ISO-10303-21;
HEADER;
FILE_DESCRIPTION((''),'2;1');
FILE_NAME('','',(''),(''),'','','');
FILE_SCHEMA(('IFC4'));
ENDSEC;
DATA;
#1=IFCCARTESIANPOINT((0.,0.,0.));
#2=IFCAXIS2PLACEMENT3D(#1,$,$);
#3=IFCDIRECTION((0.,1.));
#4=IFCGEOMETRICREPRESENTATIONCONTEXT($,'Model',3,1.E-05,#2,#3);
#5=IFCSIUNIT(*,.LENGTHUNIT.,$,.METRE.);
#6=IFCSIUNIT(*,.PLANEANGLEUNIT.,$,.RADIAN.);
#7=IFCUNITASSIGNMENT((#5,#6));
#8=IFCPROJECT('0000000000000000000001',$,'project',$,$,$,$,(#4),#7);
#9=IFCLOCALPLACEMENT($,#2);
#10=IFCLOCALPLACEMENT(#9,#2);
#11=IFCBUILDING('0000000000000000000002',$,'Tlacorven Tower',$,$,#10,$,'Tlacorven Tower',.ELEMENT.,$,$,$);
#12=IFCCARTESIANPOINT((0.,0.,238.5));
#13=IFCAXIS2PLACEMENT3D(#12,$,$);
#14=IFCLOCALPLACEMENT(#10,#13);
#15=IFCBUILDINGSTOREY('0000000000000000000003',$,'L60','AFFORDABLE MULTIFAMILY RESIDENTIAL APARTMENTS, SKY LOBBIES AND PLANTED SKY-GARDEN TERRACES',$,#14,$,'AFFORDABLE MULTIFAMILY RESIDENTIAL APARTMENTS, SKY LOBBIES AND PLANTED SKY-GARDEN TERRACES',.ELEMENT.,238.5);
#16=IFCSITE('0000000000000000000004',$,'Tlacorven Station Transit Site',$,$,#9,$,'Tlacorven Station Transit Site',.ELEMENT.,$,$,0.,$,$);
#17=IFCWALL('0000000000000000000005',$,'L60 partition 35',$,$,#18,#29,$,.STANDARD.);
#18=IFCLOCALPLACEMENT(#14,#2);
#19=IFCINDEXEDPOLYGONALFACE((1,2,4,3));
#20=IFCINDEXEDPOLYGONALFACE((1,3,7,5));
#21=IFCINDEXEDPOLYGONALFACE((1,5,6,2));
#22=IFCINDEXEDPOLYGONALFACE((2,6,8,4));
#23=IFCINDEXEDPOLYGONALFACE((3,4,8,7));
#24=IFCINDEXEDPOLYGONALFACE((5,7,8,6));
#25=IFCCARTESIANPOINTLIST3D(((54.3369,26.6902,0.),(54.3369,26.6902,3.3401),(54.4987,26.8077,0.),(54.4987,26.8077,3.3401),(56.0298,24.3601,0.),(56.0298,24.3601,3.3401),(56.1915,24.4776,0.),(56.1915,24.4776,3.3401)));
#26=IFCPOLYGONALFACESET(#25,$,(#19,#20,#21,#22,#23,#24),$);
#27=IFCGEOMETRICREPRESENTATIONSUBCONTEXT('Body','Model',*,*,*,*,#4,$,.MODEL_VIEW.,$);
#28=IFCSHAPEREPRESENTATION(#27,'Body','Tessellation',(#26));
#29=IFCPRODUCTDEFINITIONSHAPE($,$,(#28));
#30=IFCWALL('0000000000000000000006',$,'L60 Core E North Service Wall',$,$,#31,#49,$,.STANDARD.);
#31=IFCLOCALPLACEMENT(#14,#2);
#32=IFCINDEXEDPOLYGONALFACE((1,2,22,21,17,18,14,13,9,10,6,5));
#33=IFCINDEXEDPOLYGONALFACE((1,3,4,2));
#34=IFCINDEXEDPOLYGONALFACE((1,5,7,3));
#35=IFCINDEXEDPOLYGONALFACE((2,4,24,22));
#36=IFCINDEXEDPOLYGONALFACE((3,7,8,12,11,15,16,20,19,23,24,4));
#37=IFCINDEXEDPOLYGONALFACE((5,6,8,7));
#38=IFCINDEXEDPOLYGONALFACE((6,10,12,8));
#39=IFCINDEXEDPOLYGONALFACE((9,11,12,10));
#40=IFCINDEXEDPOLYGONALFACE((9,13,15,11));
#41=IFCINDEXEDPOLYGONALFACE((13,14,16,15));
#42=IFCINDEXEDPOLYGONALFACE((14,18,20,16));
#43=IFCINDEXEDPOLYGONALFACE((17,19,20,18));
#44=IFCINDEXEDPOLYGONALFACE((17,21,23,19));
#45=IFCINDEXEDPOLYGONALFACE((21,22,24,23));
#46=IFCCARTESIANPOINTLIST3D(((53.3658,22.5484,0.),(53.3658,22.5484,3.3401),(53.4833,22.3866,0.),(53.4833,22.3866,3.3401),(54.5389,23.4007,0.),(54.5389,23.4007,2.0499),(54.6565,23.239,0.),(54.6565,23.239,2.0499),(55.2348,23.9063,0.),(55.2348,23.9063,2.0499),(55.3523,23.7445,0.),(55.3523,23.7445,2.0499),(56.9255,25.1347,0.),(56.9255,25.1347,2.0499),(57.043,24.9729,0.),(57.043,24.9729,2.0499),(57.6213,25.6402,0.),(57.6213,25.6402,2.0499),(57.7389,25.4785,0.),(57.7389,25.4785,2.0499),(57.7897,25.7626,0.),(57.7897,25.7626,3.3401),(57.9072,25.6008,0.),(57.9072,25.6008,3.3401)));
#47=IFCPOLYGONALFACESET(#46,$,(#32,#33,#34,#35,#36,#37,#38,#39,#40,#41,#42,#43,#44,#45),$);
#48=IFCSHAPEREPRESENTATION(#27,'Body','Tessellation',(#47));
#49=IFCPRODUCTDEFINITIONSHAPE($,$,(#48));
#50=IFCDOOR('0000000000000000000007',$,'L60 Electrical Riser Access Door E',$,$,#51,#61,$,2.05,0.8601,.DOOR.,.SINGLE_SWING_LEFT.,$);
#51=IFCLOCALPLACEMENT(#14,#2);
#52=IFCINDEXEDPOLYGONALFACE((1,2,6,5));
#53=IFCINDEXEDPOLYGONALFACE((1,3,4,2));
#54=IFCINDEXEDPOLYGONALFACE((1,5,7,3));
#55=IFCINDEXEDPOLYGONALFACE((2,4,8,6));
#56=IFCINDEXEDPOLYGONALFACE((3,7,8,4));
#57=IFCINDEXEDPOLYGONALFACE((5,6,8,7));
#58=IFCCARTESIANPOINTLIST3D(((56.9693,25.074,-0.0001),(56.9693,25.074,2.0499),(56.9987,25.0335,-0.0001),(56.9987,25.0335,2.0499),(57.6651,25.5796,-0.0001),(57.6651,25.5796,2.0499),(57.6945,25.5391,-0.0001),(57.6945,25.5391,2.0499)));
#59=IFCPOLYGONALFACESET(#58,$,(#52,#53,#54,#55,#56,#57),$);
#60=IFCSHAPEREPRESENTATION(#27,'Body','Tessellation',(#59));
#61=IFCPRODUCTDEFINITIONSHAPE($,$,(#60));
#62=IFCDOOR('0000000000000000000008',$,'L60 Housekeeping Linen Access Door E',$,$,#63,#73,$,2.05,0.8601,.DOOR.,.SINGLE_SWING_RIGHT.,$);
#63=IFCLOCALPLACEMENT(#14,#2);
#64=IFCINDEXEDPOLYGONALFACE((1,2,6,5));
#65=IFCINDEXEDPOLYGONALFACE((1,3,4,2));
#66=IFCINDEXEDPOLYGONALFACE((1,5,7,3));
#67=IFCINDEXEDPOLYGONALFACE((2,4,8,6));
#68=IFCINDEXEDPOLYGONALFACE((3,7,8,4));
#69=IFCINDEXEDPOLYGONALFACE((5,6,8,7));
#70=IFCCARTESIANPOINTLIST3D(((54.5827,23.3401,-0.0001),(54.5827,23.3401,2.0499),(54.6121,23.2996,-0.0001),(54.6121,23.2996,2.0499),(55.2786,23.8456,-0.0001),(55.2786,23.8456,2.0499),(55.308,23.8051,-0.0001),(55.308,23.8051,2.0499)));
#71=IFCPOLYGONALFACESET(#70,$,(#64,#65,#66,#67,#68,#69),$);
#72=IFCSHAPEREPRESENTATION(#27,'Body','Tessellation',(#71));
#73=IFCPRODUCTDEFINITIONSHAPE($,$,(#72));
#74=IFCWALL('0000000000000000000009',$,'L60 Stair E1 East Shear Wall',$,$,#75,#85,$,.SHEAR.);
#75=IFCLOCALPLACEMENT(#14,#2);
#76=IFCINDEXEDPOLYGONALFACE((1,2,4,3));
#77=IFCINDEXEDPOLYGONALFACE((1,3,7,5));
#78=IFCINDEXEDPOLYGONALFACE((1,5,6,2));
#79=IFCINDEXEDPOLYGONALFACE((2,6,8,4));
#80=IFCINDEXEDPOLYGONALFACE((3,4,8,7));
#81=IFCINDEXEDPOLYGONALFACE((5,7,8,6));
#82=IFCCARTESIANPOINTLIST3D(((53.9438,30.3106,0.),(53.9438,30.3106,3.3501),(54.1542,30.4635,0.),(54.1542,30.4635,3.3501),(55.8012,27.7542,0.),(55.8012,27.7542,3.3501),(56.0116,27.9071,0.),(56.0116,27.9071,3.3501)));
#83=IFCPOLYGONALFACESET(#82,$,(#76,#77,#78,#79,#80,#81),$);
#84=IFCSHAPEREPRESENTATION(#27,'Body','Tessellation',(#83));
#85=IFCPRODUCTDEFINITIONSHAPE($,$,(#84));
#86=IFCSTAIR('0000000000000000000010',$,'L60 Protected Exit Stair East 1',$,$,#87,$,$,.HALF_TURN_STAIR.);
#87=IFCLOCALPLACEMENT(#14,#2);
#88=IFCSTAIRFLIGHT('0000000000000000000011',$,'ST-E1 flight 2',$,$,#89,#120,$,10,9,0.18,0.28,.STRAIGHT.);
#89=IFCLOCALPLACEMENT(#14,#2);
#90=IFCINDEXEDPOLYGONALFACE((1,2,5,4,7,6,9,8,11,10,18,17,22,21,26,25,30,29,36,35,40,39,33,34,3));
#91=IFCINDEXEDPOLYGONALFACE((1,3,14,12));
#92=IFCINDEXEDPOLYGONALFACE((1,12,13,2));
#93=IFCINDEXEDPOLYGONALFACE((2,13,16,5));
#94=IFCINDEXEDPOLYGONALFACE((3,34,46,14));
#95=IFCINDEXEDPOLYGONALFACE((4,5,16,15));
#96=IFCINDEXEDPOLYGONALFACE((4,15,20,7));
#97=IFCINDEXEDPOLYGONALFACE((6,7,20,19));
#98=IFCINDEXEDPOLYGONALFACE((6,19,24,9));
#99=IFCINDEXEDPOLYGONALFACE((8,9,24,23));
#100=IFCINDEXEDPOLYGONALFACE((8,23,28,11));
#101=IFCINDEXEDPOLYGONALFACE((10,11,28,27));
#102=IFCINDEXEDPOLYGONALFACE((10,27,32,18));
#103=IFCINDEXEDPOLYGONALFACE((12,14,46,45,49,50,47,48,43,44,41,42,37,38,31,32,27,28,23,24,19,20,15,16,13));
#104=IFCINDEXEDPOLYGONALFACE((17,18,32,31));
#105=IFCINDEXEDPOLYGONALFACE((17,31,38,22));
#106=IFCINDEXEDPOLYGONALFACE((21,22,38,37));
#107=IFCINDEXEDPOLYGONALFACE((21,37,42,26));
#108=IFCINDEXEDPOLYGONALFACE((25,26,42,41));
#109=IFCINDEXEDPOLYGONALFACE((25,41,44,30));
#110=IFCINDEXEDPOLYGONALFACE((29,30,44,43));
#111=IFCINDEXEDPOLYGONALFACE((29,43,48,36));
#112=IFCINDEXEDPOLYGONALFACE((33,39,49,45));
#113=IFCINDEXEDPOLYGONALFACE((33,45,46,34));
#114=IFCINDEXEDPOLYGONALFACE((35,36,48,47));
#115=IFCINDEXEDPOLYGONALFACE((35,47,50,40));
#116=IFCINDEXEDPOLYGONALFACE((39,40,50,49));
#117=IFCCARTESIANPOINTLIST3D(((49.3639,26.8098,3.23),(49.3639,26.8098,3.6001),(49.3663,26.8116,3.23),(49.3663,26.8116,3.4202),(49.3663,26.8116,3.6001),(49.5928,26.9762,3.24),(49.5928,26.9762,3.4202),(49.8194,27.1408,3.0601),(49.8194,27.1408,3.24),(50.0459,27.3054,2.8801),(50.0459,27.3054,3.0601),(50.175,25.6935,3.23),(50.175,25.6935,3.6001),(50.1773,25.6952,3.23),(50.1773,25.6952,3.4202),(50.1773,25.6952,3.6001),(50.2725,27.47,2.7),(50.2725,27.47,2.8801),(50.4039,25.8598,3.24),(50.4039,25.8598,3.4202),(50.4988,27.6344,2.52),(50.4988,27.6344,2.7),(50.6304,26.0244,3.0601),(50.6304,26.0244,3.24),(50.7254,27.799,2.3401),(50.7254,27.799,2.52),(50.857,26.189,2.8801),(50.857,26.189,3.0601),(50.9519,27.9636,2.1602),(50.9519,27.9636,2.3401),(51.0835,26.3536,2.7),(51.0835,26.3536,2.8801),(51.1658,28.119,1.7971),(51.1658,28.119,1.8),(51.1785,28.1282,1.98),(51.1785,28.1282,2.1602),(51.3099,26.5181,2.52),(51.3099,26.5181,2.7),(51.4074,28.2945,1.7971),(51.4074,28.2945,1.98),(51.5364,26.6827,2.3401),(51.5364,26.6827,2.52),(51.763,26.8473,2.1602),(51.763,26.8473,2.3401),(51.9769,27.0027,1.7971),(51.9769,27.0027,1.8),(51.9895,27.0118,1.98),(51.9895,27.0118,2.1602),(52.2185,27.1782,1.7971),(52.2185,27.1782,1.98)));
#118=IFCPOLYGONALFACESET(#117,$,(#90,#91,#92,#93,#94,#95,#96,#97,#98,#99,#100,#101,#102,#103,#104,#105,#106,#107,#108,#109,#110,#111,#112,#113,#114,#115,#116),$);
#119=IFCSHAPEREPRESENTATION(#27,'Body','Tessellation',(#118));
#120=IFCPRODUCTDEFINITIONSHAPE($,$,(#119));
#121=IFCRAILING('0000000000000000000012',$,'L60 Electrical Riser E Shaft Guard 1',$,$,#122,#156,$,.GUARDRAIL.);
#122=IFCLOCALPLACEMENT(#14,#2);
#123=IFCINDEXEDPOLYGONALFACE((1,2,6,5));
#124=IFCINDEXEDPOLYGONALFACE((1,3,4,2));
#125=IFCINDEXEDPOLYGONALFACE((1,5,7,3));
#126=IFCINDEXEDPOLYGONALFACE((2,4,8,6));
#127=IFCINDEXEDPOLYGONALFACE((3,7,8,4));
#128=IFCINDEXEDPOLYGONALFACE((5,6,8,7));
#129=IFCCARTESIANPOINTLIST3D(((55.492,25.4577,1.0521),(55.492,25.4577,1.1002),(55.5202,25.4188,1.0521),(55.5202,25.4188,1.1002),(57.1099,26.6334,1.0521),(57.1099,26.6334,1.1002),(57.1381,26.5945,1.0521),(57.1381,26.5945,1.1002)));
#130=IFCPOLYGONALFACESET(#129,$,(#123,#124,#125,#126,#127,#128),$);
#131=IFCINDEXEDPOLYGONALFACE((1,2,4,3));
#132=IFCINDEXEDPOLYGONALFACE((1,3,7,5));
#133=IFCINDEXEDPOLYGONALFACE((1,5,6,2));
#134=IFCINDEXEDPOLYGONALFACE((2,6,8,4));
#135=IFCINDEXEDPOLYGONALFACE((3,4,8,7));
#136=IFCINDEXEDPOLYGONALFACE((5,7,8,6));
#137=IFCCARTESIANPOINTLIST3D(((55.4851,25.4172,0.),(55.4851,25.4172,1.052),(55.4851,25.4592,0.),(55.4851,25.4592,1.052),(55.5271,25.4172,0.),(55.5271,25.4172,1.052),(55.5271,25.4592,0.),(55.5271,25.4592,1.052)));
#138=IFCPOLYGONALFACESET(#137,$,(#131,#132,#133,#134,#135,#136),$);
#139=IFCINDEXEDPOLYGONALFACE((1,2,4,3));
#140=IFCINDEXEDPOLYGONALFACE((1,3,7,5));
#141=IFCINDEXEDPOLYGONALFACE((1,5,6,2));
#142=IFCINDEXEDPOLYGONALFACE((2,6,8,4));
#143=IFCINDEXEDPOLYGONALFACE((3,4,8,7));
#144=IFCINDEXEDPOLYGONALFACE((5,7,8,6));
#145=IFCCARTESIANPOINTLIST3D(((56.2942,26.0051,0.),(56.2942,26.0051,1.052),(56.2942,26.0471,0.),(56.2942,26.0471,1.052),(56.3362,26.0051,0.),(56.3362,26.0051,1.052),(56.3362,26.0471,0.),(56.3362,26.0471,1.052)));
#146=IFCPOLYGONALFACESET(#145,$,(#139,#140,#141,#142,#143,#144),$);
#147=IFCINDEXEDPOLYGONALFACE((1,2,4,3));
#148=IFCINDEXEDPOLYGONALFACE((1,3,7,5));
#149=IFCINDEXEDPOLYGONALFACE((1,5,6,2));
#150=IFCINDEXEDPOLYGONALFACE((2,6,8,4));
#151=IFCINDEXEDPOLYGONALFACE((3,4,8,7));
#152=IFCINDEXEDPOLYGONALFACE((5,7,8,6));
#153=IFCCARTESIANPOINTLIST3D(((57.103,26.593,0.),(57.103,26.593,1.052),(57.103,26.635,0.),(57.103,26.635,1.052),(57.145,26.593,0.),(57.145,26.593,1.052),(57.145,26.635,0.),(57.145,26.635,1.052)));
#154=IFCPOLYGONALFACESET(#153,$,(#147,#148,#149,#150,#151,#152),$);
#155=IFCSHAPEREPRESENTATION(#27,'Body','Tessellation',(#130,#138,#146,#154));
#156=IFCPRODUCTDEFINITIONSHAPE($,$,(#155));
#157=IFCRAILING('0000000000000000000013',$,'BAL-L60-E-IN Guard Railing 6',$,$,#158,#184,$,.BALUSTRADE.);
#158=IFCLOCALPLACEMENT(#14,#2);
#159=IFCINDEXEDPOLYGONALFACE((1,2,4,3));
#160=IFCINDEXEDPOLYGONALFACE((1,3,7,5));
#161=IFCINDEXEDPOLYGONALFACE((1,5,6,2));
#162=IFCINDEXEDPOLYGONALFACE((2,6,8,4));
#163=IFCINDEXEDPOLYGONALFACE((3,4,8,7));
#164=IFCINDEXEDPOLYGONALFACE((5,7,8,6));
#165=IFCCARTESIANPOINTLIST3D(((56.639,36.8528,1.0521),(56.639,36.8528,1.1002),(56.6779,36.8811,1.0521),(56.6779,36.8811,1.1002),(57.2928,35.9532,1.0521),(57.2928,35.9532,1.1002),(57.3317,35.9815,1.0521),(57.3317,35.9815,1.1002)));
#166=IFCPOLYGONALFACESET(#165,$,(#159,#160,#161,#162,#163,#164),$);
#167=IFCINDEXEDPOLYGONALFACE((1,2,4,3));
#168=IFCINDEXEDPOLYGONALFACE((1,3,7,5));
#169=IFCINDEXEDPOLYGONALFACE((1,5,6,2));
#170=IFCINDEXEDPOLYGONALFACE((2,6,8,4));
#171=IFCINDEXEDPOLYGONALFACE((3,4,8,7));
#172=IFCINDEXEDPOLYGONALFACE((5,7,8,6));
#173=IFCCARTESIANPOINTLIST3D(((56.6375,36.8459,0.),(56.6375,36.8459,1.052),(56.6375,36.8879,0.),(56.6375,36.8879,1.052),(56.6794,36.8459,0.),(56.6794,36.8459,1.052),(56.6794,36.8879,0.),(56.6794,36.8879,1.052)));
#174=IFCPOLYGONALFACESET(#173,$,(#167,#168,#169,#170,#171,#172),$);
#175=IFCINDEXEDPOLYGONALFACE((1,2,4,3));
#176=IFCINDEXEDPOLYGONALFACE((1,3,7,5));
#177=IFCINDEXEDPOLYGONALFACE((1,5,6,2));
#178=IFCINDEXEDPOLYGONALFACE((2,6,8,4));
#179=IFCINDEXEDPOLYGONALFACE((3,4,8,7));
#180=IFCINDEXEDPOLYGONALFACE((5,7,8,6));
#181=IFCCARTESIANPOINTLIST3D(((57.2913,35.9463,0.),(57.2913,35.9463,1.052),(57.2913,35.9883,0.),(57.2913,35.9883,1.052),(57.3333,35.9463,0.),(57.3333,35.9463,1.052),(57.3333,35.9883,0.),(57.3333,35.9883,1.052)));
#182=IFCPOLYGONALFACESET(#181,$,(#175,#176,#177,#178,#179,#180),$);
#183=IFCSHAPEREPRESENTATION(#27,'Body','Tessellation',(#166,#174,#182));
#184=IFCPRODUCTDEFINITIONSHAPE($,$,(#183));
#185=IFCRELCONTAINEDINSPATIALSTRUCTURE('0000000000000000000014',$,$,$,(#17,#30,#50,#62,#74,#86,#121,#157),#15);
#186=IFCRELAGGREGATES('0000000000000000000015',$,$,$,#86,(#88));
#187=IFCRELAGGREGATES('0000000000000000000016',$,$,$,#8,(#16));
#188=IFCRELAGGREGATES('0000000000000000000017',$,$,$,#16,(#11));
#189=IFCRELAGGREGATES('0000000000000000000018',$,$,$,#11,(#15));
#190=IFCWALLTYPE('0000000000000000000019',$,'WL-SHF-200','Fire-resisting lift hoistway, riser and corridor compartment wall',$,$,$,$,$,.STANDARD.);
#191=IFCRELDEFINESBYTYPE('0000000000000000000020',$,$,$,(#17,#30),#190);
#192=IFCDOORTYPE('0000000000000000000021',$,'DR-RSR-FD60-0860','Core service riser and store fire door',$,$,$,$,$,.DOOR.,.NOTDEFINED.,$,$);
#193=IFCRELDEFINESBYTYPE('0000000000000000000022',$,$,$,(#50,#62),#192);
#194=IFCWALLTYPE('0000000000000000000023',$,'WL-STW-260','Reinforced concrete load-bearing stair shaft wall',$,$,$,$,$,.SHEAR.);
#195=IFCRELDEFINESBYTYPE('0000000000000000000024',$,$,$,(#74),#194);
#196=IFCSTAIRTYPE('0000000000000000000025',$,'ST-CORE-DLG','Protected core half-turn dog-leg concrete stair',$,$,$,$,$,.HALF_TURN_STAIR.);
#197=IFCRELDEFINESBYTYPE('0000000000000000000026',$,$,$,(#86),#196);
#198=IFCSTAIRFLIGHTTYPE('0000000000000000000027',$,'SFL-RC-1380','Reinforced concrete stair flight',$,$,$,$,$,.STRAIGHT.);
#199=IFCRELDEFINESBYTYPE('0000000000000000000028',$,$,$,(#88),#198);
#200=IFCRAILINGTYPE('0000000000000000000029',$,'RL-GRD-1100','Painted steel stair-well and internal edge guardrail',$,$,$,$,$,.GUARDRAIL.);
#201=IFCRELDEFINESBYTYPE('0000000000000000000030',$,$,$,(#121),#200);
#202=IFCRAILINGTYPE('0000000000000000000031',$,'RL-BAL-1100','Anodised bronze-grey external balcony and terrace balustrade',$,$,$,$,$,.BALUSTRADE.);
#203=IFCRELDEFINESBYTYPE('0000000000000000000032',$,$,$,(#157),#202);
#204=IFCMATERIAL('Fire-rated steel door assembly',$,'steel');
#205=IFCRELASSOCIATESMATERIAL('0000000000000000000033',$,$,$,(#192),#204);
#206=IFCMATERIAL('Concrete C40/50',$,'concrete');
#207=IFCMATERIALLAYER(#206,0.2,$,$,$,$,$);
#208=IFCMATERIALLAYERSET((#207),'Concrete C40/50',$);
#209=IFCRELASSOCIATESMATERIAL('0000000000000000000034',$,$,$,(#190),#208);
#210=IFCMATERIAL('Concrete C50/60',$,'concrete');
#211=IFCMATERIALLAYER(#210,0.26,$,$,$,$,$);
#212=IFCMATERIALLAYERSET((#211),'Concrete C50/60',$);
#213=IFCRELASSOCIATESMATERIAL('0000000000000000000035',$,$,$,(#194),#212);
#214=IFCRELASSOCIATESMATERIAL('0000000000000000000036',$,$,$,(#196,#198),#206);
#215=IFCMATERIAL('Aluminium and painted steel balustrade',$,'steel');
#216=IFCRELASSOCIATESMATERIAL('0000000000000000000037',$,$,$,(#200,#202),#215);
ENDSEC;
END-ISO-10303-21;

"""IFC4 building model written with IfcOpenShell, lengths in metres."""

from ifc_helpers import new_model, si_unit, direction, frame, frame_2d, origin, origin_2d, place, context, subcontext, project, spatial, polyline, rectangle, outline, extrude, source, transform, mapped, material, layer, layer_set, type_object, element, fill, aggregate, save


model = new_model("IFC4")

# Units and contexts
model_context = context("Model", 3, precision=1e-05, world=origin(), true_north=direction((0.0, 1.0)))
body_context = subcontext(model_context, "Body", "Model", "MODEL_VIEW")
ifc_project = project(units=[si_unit("LENGTHUNIT", "METRE"), si_unit("PLANEANGLEUNIT", "RADIAN")], contexts=[model_context])

# Site, building, storey
site_placement = place(None, origin())
site = spatial("IfcSite", under=ifc_project, at=site_placement, Name="Tlacorven Station Transit Site", LongName="Tlacorven Station Transit Site", CompositionType="ELEMENT", RefElevation=0.0)
building_placement = place(site_placement, origin())
building = spatial("IfcBuilding", under=site, at=building_placement, Name="Tlacorven Tower", LongName="Tlacorven Tower", CompositionType="ELEMENT")
storey_placement = place(building_placement, frame((0.0, 0.0, 238.5)))
storey = spatial("IfcBuildingStorey", under=building, at=storey_placement, Name="L60", Description="AFFORDABLE MULTIFAMILY RESIDENTIAL APARTMENTS, SKY LOBBIES AND PLANTED SKY-GARDEN TERRACES", LongName="AFFORDABLE MULTIFAMILY RESIDENTIAL APARTMENTS, SKY LOBBIES AND PLANTED SKY-GARDEN TERRACES", CompositionType="ELEMENT", Elevation=238.5)

# Shared definitions
ifc_material_1 = material(Name="Fire-rated steel door assembly", Category="steel")
door_type_1 = type_object("IfcDoorType", Name="DR-RSR-FD60-0860", Description="Core service riser and store fire door", OperationType="NOTDEFINED", PredefinedType="DOOR", material=ifc_material_1)
shared_shape_1 = source(origin(), body_context, "Body", "SweptSolid", [
    extrude(rectangle(XDim=0.8601, YDim=2.05, at=frame_2d((0.4302, 1.0249))), frame((0.0, 0.0249, 0.0), z_axis=(0.0, -1.0, 0.0), x_axis=(1.0, 0.0, 0.0)), (0.0, 0.0, 1.0), 0.05),
])

# Shared definitions
ifc_material_2 = material(Name="Concrete C40/50", Category="concrete")
ifc_layer_1 = layer(ifc_material_2, 0.2)
ifc_layer_set_1 = layer_set([ifc_layer_1], Name="Concrete C40/50")
wall_type_1 = type_object("IfcWallType", Name="WL-SHF-200", Description="Fire-resisting lift hoistway, riser and corridor compartment wall", PredefinedType="STANDARD", material=ifc_layer_set_1)

# Wall
wall_1_placement = place(storey_placement, frame((56.1106, 24.4189, 0.0), z_axis=(0.0, 0.0, 1.0), x_axis=(-0.587778, 0.809022, 0.0)))
element("IfcWall", 1, at=wall_1_placement, inside=storey, type_object=wall_type_1, Name="L60 partition 35", PredefinedType="STANDARD", context=body_context, shape_type="SweptSolid", body=[
    extrude(rectangle(XDim=2.8801, YDim=0.2, at=frame_2d((1.4399, 0.0))), origin(), (0.0, 0.0, 1.0), 3.3401),
])

# Wall, openings, doors
wall_2_placement = place(storey_placement, frame((53.4246, 22.4675, 0.0), z_axis=(0.0, 0.0, 1.0), x_axis=(0.809016, 0.587787, 0.0)))
wall_2 = element("IfcWall", 2, at=wall_2_placement, inside=storey, type_object=wall_type_1, Name="L60 Core E North Service Wall", PredefinedType="STANDARD", context=body_context, shape_type="SweptSolid", body=[
    extrude(rectangle(XDim=5.4683, YDim=0.2, at=frame_2d((2.7341, 0.0))), origin(), (0.0, 0.0, 1.0), 3.3401),
])
opening_1_placement = place(wall_2_placement, frame((4.3999, 0.0, 0.0)))
opening_1 = element("IfcOpeningElement", 3, at=opening_1_placement, cuts=wall_2, PredefinedType="OPENING", context=body_context, shape_type="SweptSolid", body=[
    extrude(rectangle(XDim=0.8601, YDim=2.05, at=frame_2d((0.4302, 1.0249))), frame((0.0, 0.1099, 0.0), z_axis=(0.0, -1.0, 0.0), x_axis=(1.0, 0.0, 0.0)), (0.0, 0.0, 1.0), 0.22),
])
opening_2_placement = place(wall_2_placement, frame((1.45, 0.0, 0.0)))
opening_2 = element("IfcOpeningElement", 4, at=opening_2_placement, cuts=wall_2, PredefinedType="OPENING", context=body_context, shape_type="SweptSolid", body=[
    extrude(rectangle(XDim=0.8601, YDim=2.05, at=frame_2d((0.4302, 1.0249))), frame((0.0, 0.1099, 0.0), z_axis=(0.0, -1.0, 0.0), x_axis=(1.0, 0.0, 0.0)), (0.0, 0.0, 1.0), 0.22),
])
door_1_placement = place(opening_1_placement, frame((0.8601, 0.0, 0.0), z_axis=(0.0, 0.0, 1.0), x_axis=(-1.0, 0.0, 0.0)))
door_1 = element("IfcDoor", 5, at=door_1_placement, inside=storey, type_object=door_type_1, Name="L60 Electrical Riser Access Door E", OperationType="SINGLE_SWING_LEFT", OverallHeight=2.05, OverallWidth=0.8601, PredefinedType="DOOR", context=body_context, shape_type="MappedRepresentation", body=[
    mapped(shared_shape_1, transform((0.0, 0.0, 0.0), scale=1.0)),
])
fill(opening_1, door_1)
door_2_placement = place(opening_2_placement, frame((0.8601, 0.0, 0.0), z_axis=(0.0, 0.0, 1.0), x_axis=(-1.0, 0.0, 0.0)))
door_2 = element("IfcDoor", 6, at=door_2_placement, inside=storey, type_object=door_type_1, Name="L60 Housekeeping Linen Access Door E", OperationType="SINGLE_SWING_RIGHT", OverallHeight=2.05, OverallWidth=0.8601, PredefinedType="DOOR", context=body_context, shape_type="MappedRepresentation", body=[
    mapped(shared_shape_1, transform((0.0, 0.0, 0.0), scale=1.0)),
])
fill(opening_2, door_2)

# Wall
ifc_material_3 = material(Name="Concrete C50/60", Category="concrete")
ifc_layer_2 = layer(ifc_material_3, 0.26)
ifc_layer_set_2 = layer_set([ifc_layer_2], Name="Concrete C50/60")
wall_type_2 = type_object("IfcWallType", Name="WL-STW-260", Description="Reinforced concrete load-bearing stair shaft wall", PredefinedType="SHEAR", material=ifc_layer_set_2)
wall_3_placement = place(storey_placement, frame((55.9065, 27.8306, 0.0), z_axis=(0.0, 0.0, 1.0), x_axis=(-0.587804, 0.809003, 0.0)))
element("IfcWall", 7, at=wall_3_placement, inside=storey, type_object=wall_type_2, Name="L60 Stair E1 East Shear Wall", PredefinedType="SHEAR", context=body_context, shape_type="SweptSolid", body=[
    extrude(rectangle(XDim=3.1599, YDim=0.26, at=frame_2d((1.5801, 0.0))), origin(), (0.0, 0.0, 1.0), 3.3501),
])

# Stair, stair flight
stair_type = type_object("IfcStairType", Name="ST-CORE-DLG", Description="Protected core half-turn dog-leg concrete stair", PredefinedType="HALF_TURN_STAIR", material=ifc_material_2)
stair_placement = place(storey_placement, origin())
stair = element("IfcStair", 8, at=stair_placement, inside=storey, type_object=stair_type, Name="L60 Protected Exit Stair East 1", PredefinedType="HALF_TURN_STAIR")
stair_flight_type = type_object("IfcStairFlightType", Name="SFL-RC-1380", Description="Reinforced concrete stair flight", PredefinedType="STRAIGHT", material=ifc_material_2)
shared_shape_2 = source(origin(), body_context, "Body", "SweptSolid", [
    extrude(outline(polyline([(-0.0029, -0.0029), (-0.0029, 0.1799), (0.28, 0.1799), (0.28, 0.3601), (0.5601, 0.3601), (0.5601, 0.54), (0.8401, 0.54), (0.8401, 0.72), (1.1201, 0.72), (1.1201, 0.8999), (1.3999, 0.8999), (1.3999, 1.0801), (1.6799, 1.0801), (1.6799, 1.26), (1.96, 1.26), (1.96, 1.4399), (2.24, 1.4399), (2.24, 1.6201), (2.52, 1.6201), (2.52, 1.8), (2.5229, 1.8), (2.5229, 1.4299), (2.52, 1.4299), (0.2957, 0.0), (0.2957, -0.0029), (-0.0029, -0.0029)])), frame((0.0, 0.6899, 0.0), z_axis=(0.0, -1.0, 0.0), x_axis=(1.0, 0.0, 0.0)), (0.0, 0.0, 1.0), 1.3799),
])
stair_flight_placement = place(storey_placement, frame((51.8105, 27.7346, 1.8), z_axis=(0.0, 0.0, 1.0), x_axis=(-0.809017, -0.587785, 0.0)))
stair_flight = element("IfcStairFlight", 9, at=stair_flight_placement, type_object=stair_flight_type, Name="ST-E1 flight 2", NumberOfRisers=10, NumberOfTreads=9, PredefinedType="STRAIGHT", RiserHeight=0.18, TreadLength=0.28, context=body_context, shape_type="MappedRepresentation", body=[
    mapped(shared_shape_2, transform((0.0, 0.0, 0.0), scale=1.0)),
])
aggregate(stair, [stair_flight])

# Railings
ifc_material_4 = material(Name="Aluminium and painted steel balustrade", Category="steel")
railing_type_1 = type_object("IfcRailingType", Name="RL-GRD-1100", Description="Painted steel stair-well and internal edge guardrail", PredefinedType="GUARDRAIL", material=ifc_material_4)
shared_shape_3 = source(origin(), body_context, "Body", "SweptSolid", [
    extrude(rectangle(XDim=0.0481, YDim=0.0481, at=origin_2d()), frame((0.0, 0.0, 1.0762), z_axis=(0.808947, 0.587881, 0.0), x_axis=(-0.587881, 0.808947, 0.0)), (0.0, 0.0, 1.0), 2.0),
    extrude(rectangle(XDim=0.042, YDim=0.042, at=origin_2d()), origin(), (0.0, 0.0, 1.0), 1.052),
    extrude(rectangle(XDim=0.042, YDim=0.042, at=origin_2d()), frame((0.8091, 0.5879, 0.0)), (0.0, 0.0, 1.0), 1.052),
    extrude(rectangle(XDim=0.042, YDim=0.042, at=origin_2d()), frame((1.6179, 1.1758, 0.0)), (0.0, 0.0, 1.0), 1.052),
])
railing_1_placement = place(storey_placement, frame((55.5061, 25.4382, 0.0)))
element("IfcRailing", 10, at=railing_1_placement, inside=storey, type_object=railing_type_1, Name="L60 Electrical Riser E Shaft Guard 1", PredefinedType="GUARDRAIL", context=body_context, shape_type="MappedRepresentation", body=[
    mapped(shared_shape_3, transform((0.0, 0.0, 0.0), scale=1.0)),
])
railing_type_2 = type_object("IfcRailingType", Name="RL-BAL-1100", Description="Anodised bronze-grey external balcony and terrace balustrade", PredefinedType="BALUSTRADE", material=ifc_material_4)
shared_shape_4 = source(origin(), body_context, "Body", "SweptSolid", [
    extrude(rectangle(XDim=0.0481, YDim=0.0481, at=origin_2d()), frame((0.0, 0.0, 1.0762), z_axis=(0.587884, -0.808945, 0.0), x_axis=(0.808945, 0.587884, 0.0)), (0.0, 0.0, 1.0), 1.1121),
    extrude(rectangle(XDim=0.042, YDim=0.042, at=origin_2d()), origin(), (0.0, 0.0, 1.0), 1.052),
    extrude(rectangle(XDim=0.042, YDim=0.042, at=origin_2d()), frame((0.6538, -0.8997, 0.0)), (0.0, 0.0, 1.0), 1.052),
])
railing_2_placement = place(storey_placement, frame((56.6584, 36.8669, 0.0)))
element("IfcRailing", 11, at=railing_2_placement, inside=storey, type_object=railing_type_2, Name="BAL-L60-E-IN Guard Railing 6", PredefinedType="BALUSTRADE", context=body_context, shape_type="MappedRepresentation", body=[
    mapped(shared_shape_4, transform((0.0, 0.0, 0.0), scale=1.0)),
])

save(model, "model.ifc")
